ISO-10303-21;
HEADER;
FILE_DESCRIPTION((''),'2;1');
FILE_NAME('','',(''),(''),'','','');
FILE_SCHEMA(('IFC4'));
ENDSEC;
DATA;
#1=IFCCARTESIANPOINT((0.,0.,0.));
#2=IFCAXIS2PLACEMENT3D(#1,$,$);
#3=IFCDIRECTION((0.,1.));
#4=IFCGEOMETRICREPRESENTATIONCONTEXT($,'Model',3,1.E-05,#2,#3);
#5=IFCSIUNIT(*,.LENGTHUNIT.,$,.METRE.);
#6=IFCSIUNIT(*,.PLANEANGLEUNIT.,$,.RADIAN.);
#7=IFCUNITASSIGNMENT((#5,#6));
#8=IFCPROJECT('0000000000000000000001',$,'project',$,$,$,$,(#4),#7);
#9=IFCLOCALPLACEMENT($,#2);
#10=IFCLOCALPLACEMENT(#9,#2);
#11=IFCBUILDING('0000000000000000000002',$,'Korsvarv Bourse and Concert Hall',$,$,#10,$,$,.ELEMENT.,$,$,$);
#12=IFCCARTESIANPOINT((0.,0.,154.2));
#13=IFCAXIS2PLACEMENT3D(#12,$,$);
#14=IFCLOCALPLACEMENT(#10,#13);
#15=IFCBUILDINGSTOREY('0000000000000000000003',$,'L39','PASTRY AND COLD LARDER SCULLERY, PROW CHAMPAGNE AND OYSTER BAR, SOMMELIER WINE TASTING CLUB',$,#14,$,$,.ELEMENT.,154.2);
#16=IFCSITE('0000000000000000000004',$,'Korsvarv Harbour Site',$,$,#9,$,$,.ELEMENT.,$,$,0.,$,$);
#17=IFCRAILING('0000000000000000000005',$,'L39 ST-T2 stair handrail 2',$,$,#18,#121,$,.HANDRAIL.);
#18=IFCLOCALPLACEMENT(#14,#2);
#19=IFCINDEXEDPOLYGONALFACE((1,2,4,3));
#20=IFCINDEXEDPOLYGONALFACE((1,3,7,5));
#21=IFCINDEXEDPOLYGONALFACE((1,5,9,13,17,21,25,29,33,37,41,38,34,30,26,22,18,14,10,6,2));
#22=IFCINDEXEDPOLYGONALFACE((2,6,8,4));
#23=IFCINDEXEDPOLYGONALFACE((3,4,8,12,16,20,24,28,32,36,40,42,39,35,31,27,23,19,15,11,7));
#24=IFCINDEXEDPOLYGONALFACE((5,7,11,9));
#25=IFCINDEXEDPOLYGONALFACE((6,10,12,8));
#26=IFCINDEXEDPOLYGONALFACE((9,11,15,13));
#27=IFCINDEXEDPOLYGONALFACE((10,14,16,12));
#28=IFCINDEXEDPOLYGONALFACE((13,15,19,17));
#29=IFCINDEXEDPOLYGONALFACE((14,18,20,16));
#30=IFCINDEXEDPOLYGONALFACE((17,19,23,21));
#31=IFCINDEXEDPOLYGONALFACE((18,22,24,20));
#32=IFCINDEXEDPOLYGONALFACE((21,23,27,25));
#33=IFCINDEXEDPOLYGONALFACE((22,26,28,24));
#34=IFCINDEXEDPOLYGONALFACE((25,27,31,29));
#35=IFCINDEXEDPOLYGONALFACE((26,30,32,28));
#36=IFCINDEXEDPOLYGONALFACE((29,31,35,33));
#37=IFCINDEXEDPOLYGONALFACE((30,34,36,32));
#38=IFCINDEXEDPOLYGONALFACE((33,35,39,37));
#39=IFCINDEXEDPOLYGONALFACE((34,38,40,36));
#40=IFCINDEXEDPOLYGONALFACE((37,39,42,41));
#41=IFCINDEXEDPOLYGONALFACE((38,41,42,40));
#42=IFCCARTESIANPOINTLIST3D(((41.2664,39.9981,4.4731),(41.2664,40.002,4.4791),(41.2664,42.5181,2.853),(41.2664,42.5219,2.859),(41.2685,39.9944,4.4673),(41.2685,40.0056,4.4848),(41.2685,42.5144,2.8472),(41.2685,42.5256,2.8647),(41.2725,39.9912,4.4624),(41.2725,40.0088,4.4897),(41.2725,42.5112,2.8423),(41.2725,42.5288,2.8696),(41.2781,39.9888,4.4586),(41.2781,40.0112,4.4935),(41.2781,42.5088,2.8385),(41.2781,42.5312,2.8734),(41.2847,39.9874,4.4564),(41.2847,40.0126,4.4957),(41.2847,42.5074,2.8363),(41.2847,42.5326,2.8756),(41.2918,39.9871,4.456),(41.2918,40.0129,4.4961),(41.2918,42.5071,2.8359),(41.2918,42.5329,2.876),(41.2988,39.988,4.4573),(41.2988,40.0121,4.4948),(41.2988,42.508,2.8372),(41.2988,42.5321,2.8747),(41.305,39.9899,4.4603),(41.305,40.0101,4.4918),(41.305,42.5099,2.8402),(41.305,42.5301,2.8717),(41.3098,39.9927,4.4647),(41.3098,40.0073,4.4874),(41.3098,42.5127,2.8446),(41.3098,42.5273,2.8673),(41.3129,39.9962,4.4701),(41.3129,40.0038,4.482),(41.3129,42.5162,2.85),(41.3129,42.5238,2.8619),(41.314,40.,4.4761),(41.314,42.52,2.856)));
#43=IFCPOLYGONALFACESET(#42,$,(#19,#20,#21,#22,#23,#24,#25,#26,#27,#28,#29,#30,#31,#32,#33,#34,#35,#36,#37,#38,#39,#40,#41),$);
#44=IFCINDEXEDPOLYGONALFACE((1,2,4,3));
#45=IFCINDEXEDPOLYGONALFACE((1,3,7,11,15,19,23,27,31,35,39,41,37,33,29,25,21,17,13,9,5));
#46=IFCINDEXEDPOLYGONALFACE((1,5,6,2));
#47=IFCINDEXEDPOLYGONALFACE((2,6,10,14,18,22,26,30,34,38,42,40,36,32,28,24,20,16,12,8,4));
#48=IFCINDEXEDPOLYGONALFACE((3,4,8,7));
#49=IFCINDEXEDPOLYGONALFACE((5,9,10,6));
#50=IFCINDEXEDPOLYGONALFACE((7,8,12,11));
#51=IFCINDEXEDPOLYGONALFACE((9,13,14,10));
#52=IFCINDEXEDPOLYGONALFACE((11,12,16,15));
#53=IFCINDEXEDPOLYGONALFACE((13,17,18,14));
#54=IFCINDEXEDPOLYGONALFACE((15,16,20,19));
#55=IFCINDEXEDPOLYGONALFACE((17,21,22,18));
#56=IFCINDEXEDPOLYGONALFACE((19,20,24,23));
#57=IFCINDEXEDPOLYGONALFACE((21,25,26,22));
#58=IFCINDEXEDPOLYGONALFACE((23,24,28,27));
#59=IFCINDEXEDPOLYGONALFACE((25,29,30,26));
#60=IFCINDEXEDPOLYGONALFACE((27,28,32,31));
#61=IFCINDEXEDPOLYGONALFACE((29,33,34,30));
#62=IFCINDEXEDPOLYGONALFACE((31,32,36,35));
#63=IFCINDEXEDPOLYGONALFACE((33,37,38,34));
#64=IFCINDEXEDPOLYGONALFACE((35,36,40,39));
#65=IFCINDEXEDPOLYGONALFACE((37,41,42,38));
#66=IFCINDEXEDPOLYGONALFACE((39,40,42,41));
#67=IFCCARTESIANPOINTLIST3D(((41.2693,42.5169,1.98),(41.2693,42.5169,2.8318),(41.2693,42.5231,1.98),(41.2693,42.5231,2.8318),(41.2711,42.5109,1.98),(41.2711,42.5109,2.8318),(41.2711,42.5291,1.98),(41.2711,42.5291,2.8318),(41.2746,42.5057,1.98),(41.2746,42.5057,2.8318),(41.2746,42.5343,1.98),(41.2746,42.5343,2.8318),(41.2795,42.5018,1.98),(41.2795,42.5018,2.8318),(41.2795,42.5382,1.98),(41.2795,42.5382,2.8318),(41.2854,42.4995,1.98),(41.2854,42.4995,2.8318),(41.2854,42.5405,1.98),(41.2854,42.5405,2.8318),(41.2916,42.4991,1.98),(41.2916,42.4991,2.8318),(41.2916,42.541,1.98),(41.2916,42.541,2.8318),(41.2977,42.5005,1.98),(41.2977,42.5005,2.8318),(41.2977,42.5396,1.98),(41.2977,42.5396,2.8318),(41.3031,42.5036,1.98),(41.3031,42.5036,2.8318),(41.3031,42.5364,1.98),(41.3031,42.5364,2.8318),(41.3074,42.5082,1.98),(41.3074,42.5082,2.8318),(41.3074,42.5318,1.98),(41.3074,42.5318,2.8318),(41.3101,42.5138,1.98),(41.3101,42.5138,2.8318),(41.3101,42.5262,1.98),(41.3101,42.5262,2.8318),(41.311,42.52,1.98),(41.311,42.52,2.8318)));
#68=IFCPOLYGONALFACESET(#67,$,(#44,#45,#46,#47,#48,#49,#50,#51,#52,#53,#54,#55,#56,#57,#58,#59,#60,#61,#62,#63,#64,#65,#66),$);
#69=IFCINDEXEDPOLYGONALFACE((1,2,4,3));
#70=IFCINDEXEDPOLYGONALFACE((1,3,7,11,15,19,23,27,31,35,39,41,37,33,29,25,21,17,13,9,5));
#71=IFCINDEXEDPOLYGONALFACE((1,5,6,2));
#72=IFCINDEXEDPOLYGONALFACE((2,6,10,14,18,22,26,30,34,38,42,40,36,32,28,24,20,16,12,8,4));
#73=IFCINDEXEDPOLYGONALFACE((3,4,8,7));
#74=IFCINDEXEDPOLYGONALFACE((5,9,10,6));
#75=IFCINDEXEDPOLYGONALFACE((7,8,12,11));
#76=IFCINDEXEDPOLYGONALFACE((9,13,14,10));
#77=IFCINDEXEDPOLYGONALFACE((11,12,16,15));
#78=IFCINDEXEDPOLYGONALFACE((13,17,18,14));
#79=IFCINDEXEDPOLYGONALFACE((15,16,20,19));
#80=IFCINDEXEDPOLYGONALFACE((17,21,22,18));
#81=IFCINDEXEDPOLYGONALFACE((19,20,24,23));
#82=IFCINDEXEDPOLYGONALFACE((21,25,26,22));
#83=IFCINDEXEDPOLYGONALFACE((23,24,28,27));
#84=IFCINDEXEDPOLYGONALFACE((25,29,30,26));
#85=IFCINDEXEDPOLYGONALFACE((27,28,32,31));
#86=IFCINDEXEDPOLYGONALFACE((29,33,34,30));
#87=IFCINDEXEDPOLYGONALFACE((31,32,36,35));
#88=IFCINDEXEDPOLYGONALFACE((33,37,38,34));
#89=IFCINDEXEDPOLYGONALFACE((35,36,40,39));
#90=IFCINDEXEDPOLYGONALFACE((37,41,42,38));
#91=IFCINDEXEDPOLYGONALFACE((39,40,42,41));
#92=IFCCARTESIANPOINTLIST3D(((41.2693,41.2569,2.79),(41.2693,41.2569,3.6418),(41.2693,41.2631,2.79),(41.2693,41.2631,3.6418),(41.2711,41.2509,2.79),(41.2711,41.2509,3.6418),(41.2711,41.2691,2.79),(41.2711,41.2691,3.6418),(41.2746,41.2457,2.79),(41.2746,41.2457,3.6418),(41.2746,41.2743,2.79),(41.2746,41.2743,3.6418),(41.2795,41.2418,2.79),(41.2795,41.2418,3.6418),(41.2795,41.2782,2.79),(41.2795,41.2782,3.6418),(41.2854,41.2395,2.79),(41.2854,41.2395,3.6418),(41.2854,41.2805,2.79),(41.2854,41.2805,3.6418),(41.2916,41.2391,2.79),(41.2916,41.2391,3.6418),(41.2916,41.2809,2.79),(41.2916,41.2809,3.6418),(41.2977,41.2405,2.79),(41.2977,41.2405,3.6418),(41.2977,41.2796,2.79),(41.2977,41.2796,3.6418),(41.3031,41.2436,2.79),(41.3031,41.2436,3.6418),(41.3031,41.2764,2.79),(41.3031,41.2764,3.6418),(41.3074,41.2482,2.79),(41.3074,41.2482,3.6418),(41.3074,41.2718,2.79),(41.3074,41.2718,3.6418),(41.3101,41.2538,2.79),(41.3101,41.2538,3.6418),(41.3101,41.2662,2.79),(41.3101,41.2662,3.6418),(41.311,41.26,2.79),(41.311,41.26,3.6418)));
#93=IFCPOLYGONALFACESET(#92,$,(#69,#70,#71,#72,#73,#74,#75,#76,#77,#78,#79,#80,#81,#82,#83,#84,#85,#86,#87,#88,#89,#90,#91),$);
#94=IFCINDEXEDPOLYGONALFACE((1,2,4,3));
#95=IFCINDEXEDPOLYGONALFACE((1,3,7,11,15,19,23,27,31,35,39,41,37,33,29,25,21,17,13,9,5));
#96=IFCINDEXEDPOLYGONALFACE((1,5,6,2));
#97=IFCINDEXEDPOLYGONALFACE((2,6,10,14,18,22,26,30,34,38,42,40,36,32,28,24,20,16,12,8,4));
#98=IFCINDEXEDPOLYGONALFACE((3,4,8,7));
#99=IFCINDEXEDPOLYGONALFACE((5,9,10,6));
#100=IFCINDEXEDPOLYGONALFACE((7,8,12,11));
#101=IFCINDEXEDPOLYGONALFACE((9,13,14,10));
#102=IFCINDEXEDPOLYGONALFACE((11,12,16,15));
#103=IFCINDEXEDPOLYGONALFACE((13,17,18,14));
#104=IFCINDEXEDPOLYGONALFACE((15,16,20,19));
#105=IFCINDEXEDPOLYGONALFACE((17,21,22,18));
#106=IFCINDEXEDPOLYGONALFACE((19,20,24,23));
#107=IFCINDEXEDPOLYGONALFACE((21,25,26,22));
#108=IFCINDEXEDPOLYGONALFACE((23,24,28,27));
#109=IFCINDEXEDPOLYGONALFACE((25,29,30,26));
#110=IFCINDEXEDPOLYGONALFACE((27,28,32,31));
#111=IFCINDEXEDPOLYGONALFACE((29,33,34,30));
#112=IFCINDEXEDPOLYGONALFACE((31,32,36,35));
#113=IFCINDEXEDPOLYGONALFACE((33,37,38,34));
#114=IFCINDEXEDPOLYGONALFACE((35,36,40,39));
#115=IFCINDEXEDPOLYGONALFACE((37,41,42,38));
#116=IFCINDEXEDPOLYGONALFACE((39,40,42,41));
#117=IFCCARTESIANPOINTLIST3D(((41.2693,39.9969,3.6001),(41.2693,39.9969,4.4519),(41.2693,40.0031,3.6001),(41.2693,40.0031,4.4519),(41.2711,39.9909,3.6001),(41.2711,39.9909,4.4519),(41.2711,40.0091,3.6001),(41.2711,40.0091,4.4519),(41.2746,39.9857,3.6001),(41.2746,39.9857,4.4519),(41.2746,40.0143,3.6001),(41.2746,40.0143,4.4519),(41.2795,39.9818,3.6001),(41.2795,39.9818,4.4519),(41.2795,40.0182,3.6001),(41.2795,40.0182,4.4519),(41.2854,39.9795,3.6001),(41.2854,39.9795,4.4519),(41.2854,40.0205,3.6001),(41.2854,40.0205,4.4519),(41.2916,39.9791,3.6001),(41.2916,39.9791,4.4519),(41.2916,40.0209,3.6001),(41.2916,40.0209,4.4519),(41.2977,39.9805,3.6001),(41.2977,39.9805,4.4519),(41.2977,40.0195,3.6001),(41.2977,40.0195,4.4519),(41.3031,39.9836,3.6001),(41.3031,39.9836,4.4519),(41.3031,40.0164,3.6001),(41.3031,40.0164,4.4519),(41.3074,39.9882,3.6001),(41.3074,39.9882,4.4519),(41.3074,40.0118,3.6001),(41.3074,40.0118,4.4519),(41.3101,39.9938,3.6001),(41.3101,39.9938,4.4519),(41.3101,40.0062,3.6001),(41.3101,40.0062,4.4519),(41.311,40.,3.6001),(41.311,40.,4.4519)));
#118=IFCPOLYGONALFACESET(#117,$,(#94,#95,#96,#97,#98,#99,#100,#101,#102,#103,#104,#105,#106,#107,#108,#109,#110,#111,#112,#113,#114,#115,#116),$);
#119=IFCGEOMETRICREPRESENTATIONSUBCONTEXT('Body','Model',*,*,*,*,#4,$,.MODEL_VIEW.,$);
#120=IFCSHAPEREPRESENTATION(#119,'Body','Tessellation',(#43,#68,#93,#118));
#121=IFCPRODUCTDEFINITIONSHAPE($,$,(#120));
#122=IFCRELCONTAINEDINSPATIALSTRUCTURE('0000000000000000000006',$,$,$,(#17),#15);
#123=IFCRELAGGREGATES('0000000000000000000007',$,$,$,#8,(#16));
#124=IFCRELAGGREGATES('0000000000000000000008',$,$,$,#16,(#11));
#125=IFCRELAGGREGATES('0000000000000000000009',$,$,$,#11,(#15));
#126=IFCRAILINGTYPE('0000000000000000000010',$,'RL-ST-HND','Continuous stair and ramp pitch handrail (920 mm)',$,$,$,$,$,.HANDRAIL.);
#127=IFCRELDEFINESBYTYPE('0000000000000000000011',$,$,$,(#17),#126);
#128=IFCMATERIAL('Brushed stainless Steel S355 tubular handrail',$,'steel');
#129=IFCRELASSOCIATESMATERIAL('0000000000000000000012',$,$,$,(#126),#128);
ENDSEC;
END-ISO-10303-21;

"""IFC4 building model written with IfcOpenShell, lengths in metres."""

from ifc_helpers import new_model, si_unit, direction, frame, origin, origin_2d, place, context, subcontext, project, spatial, circle, extrude, material, type_object, element, save


model = new_model("IFC4")

# Units and contexts
model_context = context("Model", 3, precision=1e-05, world=origin(), true_north=direction((0.0, 1.0)))
body_context = subcontext(model_context, "Body", "Model", "MODEL_VIEW")
ifc_project = project(units=[si_unit("LENGTHUNIT", "METRE"), si_unit("PLANEANGLEUNIT", "RADIAN")], contexts=[model_context])

# Site, building, storey
site_placement = place(None, origin())
site = spatial("IfcSite", under=ifc_project, at=site_placement, Name="Korsvarv Harbour Site", CompositionType="ELEMENT", RefElevation=0.0)
building_placement = place(site_placement, origin())
building = spatial("IfcBuilding", under=site, at=building_placement, Name="Korsvarv Bourse and Concert Hall", CompositionType="ELEMENT")
storey_placement = place(building_placement, frame((0.0, 0.0, 154.2)))
storey = spatial("IfcBuildingStorey", under=building, at=storey_placement, Name="L39", Description="PASTRY AND COLD LARDER SCULLERY, PROW CHAMPAGNE AND OYSTER BAR, SOMMELIER WINE TASTING CLUB", CompositionType="ELEMENT", Elevation=154.2)

# Railing
ifc_material_1 = material(Name="Brushed stainless Steel S355 tubular handrail", Category="steel")
railing_type_1 = type_object("IfcRailingType", Name="RL-ST-HND", Description="Continuous stair and ramp pitch handrail (920 mm)", PredefinedType="HANDRAIL", material=ifc_material_1)
railing_1_placement = place(storey_placement, frame((41.29, 42.52, 1.98)))
element("IfcRailing", 1, at=railing_1_placement, inside=storey, type_object=railing_type_1, Name="L39 ST-T2 stair handrail 2", PredefinedType="HANDRAIL", context=body_context, shape_type="SweptSolid", body=[
    extrude(circle(Radius=0.0239, at=origin_2d()), frame((0.0, 0.0, 0.876), z_axis=(0.0, -0.841163, 0.540782), x_axis=(1.0, 0.0, 0.0)), (0.0, 0.0, 1.0), 2.9958),
    extrude(circle(Radius=0.021, at=origin_2d()), origin(), (0.0, 0.0, 1.0), 0.8518),
    extrude(circle(Radius=0.021, at=origin_2d()), frame((0.0, -1.26, 0.8101)), (0.0, 0.0, 1.0), 0.8518),
    extrude(circle(Radius=0.021, at=origin_2d()), frame((0.0, -2.52, 1.6201)), (0.0, 0.0, 1.0), 0.8518),
])

save(model, "model.ifc")
